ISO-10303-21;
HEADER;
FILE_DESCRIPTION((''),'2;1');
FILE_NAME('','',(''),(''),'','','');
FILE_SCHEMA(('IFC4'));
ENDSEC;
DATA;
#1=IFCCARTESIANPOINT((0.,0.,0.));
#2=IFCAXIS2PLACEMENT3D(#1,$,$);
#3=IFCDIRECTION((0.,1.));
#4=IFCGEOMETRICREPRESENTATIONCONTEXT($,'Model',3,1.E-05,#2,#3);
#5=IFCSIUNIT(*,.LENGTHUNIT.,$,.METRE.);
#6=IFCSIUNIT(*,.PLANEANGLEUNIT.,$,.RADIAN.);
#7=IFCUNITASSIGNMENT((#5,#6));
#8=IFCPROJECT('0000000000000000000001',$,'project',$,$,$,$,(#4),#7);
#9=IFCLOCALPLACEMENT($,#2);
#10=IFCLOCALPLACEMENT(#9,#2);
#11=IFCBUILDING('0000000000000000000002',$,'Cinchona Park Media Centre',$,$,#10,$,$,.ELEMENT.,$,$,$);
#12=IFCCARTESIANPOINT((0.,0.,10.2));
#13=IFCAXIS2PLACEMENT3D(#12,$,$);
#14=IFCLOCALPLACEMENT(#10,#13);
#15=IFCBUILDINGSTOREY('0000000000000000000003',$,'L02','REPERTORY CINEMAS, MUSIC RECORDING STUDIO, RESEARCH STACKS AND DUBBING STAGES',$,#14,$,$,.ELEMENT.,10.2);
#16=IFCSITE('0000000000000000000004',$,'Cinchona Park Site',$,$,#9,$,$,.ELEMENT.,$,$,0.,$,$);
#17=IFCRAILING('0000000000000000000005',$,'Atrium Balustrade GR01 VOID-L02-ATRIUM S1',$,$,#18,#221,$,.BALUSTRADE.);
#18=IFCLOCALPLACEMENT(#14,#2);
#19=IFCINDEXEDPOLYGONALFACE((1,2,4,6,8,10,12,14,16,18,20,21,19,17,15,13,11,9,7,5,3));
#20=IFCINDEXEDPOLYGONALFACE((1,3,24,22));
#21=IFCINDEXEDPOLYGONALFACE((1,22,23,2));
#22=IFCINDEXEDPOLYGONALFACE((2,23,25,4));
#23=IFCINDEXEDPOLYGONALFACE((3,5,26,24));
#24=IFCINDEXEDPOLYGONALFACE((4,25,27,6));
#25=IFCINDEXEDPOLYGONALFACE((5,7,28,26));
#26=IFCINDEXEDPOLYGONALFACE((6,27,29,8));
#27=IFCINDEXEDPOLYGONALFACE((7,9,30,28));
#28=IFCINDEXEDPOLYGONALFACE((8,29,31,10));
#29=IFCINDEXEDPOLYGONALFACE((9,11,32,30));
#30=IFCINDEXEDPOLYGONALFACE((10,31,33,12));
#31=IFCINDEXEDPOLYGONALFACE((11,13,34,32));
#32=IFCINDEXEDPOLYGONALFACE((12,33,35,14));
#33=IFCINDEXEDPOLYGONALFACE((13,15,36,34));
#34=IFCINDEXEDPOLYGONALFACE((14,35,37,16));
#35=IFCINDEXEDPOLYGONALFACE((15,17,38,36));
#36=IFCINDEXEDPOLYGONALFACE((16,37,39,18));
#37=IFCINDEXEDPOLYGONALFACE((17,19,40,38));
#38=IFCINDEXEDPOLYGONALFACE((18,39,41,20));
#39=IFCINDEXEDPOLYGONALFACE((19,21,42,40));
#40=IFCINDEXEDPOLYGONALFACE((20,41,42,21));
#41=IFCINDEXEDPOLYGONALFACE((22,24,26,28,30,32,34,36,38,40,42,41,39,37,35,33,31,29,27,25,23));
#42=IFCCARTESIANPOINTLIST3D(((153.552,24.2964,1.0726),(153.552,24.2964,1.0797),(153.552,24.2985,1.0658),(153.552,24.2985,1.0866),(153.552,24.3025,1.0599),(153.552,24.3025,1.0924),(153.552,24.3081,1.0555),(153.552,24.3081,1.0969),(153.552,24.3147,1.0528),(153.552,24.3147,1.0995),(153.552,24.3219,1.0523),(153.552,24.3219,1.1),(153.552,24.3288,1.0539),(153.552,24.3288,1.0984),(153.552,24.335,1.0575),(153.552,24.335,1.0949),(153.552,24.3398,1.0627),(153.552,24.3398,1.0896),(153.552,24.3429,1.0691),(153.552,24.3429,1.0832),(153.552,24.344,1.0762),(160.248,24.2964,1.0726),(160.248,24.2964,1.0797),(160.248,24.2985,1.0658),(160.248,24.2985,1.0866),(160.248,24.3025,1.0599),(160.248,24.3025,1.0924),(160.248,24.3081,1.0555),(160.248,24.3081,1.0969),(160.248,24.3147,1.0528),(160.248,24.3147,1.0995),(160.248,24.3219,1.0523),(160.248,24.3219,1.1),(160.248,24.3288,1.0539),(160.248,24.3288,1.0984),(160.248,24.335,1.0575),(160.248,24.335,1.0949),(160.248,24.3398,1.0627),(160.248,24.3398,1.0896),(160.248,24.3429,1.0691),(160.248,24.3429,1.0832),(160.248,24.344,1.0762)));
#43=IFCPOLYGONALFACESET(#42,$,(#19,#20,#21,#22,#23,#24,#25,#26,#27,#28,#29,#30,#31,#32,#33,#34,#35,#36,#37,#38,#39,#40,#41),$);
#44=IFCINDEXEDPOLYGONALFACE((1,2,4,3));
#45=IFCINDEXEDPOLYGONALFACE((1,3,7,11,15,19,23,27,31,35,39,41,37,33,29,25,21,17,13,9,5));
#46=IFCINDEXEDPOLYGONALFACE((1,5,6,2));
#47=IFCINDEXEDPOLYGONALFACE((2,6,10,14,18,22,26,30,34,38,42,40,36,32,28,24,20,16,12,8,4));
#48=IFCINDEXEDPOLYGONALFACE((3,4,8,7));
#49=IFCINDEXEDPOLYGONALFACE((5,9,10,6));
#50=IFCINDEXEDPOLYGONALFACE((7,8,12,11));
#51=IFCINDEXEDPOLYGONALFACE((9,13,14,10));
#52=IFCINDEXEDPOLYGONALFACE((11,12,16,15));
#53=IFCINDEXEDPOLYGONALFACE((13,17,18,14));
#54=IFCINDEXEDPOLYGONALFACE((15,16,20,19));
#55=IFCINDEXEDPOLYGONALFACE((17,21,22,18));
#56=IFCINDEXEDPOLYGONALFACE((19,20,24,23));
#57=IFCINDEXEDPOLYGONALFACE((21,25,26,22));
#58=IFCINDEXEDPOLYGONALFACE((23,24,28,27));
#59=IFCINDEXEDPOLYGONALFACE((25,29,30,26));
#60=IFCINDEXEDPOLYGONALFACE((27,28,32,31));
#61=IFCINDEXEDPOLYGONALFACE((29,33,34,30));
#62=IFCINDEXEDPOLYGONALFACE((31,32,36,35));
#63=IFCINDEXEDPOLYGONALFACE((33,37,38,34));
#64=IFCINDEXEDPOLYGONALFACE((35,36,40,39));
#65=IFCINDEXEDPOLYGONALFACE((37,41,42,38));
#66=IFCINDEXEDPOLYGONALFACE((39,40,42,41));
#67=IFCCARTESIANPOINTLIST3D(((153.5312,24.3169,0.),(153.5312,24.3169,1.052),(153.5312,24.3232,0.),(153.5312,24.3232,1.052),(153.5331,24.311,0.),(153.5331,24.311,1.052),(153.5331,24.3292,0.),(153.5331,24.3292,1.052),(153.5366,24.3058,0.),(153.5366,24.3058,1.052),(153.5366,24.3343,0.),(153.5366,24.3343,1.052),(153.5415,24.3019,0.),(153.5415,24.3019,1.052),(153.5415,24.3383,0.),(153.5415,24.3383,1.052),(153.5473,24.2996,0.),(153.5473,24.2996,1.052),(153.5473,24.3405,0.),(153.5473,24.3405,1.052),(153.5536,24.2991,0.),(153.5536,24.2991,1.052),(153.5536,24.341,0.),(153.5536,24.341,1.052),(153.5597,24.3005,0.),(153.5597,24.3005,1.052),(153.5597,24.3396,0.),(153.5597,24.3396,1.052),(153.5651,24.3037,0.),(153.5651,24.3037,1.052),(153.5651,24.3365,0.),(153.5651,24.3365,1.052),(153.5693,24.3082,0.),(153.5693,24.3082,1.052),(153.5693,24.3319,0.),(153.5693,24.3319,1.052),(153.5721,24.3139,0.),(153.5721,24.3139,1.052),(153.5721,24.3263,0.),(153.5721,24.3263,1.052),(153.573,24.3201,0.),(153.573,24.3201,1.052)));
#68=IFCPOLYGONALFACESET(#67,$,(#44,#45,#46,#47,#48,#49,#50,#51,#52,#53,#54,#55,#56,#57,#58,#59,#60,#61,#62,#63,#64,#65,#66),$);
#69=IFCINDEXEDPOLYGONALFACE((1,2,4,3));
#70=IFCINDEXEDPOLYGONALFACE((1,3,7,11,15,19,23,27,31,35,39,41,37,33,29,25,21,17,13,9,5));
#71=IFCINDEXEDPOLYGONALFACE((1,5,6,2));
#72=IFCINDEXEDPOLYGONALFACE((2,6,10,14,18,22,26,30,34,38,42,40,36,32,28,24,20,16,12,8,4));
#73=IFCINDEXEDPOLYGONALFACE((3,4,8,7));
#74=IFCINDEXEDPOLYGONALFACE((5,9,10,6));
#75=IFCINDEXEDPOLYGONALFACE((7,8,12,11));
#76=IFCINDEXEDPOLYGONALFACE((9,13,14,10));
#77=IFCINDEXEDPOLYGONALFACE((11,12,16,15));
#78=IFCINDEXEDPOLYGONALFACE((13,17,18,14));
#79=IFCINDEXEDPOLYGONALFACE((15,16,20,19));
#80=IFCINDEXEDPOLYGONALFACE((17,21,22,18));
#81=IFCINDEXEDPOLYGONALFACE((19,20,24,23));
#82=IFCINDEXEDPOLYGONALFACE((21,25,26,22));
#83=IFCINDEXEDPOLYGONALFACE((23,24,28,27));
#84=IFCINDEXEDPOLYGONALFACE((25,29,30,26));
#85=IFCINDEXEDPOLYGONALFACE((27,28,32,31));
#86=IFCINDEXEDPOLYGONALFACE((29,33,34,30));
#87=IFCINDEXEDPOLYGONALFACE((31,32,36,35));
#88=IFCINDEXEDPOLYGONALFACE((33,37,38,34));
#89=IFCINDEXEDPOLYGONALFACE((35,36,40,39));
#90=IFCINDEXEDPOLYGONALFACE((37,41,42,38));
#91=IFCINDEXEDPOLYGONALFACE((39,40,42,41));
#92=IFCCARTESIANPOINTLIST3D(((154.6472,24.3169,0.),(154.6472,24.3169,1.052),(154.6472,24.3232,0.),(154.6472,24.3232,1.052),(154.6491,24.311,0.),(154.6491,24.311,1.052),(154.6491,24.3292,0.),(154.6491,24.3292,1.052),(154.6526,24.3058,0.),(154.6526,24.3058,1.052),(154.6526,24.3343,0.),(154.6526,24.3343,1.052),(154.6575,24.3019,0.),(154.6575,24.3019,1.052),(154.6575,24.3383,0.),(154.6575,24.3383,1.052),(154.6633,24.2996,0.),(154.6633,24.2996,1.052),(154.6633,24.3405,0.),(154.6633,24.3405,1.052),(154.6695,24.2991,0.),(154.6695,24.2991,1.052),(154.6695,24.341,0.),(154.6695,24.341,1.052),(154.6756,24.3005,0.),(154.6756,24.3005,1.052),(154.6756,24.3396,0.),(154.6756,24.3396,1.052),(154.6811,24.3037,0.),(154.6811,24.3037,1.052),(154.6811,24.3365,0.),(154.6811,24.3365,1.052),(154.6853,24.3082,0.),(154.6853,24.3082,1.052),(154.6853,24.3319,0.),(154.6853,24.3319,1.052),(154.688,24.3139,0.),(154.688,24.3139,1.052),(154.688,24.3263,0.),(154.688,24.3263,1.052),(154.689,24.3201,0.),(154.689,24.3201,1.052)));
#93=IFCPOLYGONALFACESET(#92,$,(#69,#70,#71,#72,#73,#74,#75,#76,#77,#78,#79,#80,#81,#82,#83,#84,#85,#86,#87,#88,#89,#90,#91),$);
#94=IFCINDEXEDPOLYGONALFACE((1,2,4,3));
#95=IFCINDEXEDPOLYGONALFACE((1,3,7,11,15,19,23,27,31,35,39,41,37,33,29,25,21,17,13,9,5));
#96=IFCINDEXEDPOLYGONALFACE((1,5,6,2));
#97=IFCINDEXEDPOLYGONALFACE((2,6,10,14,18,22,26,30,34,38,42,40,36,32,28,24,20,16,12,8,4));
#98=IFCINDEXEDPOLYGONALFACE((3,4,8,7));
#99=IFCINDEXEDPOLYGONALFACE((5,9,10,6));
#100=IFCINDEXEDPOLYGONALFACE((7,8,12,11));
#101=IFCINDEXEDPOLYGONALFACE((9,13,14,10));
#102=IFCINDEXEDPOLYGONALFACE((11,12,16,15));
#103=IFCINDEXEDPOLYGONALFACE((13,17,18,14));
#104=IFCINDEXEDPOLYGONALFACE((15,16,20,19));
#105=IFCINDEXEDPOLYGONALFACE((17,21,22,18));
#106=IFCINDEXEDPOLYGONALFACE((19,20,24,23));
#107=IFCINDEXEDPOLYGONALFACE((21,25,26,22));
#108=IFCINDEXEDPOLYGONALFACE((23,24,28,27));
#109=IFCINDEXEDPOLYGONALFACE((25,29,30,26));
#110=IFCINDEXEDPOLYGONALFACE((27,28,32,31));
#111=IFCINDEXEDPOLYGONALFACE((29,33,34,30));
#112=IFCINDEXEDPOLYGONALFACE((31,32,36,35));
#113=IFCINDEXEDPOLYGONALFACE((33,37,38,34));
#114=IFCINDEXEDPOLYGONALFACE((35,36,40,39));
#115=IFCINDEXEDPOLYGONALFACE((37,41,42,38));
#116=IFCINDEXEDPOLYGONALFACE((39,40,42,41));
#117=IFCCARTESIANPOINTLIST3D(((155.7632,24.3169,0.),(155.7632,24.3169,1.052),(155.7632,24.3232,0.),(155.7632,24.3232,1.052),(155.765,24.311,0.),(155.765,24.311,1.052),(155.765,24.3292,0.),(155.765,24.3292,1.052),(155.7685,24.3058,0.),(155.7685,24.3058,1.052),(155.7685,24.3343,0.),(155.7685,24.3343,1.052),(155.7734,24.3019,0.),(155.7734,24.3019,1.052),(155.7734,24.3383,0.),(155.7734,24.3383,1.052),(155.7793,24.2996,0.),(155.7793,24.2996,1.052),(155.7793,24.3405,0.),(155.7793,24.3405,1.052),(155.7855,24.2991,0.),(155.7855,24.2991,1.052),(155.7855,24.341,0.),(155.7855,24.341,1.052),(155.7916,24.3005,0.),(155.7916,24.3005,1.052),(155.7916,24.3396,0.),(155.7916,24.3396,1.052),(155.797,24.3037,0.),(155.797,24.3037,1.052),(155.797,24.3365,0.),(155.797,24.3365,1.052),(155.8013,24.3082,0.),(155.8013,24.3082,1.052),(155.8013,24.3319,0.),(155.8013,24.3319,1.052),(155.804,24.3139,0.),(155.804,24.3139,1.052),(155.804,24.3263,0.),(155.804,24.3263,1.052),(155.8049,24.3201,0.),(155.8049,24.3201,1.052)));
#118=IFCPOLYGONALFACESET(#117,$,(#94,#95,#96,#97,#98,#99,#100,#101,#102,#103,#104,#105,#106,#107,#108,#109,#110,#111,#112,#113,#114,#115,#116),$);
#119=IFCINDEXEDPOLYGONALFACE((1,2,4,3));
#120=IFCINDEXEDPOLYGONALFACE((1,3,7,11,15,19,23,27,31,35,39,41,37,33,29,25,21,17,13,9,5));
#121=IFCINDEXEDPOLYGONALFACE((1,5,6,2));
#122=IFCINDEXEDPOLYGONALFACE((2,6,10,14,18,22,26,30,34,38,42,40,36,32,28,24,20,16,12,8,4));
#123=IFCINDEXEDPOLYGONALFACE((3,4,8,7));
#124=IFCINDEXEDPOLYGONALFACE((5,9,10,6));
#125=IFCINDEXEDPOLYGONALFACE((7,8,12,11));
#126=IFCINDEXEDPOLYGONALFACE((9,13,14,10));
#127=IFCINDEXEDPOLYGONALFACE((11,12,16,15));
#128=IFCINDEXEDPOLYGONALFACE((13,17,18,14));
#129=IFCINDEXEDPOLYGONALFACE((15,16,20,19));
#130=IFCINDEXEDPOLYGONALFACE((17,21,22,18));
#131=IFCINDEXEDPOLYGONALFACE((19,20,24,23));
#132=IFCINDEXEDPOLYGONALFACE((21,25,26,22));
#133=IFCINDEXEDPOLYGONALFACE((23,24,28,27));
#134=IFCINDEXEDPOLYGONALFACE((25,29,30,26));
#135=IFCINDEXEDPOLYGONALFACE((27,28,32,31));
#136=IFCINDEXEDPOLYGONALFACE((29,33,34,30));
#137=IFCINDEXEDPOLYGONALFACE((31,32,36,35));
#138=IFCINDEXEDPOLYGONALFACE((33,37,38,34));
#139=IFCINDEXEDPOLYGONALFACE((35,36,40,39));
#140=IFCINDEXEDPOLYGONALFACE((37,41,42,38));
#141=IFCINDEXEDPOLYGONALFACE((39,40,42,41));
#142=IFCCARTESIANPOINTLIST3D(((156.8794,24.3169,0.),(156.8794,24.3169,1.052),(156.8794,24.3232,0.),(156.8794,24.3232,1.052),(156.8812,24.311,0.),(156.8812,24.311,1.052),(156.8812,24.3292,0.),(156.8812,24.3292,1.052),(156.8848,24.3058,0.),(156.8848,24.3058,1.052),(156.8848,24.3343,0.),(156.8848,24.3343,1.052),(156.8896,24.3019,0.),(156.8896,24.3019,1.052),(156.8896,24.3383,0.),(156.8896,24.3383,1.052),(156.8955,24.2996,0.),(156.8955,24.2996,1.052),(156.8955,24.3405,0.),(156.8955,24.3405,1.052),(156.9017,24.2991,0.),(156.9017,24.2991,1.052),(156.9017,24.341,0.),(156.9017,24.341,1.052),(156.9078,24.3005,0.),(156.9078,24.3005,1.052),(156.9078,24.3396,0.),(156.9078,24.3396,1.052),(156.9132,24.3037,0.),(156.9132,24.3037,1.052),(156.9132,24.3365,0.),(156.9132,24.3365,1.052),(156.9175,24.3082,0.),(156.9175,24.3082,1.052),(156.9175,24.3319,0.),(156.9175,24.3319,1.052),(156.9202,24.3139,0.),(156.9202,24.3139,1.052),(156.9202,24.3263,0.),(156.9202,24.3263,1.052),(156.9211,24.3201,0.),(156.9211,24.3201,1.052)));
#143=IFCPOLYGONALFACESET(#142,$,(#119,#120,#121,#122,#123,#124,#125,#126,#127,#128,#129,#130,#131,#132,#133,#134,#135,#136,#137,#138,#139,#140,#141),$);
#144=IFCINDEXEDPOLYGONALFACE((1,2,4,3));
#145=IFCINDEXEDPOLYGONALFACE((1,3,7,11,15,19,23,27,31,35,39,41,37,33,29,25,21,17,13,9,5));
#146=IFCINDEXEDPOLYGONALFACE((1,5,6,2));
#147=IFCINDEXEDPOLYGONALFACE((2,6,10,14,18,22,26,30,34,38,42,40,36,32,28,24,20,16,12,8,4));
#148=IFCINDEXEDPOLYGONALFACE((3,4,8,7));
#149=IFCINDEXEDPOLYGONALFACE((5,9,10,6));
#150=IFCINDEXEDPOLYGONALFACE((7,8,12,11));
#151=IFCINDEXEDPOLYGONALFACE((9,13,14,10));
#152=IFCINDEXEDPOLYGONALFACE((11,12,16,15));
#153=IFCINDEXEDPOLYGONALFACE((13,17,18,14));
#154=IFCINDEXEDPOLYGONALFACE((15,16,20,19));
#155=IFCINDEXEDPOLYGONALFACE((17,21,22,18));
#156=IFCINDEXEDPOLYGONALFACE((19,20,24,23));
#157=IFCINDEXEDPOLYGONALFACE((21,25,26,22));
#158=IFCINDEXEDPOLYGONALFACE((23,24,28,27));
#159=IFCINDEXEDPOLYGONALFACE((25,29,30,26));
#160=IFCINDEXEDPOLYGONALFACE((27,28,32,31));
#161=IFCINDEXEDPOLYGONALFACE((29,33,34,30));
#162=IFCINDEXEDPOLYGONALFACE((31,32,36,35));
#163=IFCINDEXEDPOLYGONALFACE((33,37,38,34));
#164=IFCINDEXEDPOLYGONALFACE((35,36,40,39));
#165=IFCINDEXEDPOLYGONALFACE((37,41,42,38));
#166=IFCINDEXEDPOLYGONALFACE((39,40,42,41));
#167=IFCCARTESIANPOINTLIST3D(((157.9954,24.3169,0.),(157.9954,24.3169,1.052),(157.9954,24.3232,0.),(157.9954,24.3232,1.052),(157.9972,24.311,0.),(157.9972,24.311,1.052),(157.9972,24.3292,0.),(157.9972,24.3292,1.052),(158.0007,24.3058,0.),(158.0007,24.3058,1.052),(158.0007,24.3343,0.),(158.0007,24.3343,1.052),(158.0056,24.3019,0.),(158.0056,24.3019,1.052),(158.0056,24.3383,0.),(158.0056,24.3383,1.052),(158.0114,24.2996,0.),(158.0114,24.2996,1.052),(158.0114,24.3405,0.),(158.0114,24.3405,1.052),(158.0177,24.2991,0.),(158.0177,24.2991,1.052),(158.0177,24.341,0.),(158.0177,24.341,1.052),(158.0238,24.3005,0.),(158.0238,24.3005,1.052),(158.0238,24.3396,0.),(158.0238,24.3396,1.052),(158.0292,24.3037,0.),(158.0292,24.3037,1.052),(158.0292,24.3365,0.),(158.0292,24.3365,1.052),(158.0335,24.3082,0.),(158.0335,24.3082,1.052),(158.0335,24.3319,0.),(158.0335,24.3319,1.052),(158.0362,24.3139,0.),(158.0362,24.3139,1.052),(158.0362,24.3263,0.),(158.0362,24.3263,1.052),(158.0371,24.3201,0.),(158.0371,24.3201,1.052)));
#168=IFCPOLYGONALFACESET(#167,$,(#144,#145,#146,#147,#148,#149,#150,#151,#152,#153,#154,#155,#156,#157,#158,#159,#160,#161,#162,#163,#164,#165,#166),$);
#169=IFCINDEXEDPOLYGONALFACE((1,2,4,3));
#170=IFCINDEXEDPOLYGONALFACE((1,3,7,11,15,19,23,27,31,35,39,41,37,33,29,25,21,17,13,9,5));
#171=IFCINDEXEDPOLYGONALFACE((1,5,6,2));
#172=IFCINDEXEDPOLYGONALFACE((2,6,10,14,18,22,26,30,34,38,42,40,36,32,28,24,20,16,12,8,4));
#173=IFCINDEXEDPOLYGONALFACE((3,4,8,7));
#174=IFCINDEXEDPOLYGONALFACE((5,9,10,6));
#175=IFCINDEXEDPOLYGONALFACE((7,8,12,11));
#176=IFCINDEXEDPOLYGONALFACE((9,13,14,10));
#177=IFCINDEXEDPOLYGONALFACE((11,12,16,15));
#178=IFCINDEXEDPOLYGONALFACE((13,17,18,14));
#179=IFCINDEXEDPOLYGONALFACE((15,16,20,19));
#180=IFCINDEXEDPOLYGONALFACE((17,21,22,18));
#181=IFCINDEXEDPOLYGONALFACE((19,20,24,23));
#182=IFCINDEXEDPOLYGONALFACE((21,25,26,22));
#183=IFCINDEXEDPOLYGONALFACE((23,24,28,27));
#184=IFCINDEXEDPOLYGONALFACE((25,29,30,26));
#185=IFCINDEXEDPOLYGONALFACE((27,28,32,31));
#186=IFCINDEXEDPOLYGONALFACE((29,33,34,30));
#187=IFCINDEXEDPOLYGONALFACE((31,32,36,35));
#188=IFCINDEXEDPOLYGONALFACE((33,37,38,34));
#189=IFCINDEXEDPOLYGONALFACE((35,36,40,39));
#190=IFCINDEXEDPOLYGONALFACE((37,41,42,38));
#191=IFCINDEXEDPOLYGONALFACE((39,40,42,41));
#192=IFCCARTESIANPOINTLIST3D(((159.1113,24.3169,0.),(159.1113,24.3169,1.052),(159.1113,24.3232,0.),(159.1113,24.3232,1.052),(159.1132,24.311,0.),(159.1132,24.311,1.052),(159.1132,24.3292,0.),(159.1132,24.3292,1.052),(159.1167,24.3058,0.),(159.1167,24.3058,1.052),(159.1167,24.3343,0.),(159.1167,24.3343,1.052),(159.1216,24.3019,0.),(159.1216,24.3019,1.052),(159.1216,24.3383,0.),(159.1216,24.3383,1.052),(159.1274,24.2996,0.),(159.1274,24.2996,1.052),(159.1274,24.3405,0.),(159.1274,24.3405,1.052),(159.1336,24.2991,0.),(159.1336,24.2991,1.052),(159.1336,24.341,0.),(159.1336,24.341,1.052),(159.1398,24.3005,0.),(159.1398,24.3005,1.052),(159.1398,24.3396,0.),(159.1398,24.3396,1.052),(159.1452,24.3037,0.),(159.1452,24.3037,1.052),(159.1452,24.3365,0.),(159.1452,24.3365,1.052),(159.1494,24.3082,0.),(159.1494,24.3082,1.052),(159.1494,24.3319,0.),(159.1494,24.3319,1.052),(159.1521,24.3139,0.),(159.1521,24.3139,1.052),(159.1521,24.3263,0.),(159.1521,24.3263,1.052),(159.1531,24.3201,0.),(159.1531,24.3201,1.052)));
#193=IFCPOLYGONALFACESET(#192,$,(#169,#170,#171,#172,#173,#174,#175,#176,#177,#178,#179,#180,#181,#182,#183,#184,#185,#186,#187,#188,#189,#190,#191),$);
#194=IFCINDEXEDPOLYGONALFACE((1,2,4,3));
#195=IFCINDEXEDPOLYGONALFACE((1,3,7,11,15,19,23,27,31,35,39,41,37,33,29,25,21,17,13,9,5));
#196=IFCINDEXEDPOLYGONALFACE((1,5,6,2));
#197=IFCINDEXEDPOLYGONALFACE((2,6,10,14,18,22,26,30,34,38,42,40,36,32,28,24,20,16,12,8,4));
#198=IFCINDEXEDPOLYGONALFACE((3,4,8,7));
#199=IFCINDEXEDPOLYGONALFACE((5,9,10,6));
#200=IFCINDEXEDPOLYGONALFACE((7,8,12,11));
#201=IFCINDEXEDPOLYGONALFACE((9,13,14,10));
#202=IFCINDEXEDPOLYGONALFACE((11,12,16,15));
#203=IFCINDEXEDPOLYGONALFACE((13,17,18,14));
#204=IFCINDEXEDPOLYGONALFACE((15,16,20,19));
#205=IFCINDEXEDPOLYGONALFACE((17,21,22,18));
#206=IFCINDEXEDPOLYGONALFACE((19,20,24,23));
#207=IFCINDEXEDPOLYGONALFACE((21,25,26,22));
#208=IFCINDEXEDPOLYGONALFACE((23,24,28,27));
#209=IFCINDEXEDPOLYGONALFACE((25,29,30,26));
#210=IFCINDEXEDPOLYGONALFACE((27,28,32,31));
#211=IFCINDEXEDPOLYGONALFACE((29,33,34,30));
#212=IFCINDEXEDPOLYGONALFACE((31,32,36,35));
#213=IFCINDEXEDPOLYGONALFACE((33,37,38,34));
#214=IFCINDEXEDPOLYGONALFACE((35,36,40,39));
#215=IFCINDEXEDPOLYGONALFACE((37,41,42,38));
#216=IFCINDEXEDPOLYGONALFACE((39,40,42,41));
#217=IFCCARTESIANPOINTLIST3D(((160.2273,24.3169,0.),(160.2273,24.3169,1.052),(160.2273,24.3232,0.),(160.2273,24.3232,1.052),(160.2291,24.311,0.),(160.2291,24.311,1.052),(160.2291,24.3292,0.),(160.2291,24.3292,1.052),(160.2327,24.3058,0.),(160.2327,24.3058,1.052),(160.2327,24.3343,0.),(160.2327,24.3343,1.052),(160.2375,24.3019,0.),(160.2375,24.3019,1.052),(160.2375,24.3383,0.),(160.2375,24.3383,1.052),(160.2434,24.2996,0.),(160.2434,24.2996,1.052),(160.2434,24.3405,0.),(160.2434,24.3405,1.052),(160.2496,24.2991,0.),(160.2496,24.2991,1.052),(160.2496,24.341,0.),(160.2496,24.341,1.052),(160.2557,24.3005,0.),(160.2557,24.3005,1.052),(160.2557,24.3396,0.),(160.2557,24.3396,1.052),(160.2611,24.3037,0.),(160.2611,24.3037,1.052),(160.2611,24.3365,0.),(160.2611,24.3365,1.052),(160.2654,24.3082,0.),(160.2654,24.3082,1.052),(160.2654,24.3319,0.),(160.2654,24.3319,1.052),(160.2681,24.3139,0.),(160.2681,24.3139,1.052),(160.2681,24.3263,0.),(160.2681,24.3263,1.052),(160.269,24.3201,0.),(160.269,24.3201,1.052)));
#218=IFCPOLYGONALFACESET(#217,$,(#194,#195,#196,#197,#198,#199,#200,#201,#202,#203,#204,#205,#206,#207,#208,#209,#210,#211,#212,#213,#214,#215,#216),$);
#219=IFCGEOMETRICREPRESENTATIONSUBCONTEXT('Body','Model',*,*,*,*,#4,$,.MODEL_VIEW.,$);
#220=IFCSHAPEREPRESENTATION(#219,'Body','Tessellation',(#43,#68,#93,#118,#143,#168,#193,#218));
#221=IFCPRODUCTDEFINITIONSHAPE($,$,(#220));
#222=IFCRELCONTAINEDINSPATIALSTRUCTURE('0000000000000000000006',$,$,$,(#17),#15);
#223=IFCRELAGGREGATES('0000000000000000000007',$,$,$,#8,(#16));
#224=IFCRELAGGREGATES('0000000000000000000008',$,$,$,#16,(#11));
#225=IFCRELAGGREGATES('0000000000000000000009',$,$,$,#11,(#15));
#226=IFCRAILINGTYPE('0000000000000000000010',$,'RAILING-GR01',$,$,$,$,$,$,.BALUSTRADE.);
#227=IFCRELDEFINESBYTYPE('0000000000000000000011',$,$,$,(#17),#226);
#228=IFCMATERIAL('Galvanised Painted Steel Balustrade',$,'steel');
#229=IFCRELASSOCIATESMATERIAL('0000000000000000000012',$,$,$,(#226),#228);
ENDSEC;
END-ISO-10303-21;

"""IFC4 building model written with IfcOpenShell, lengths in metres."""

from ifc_helpers import new_model, si_unit, direction, frame, origin, origin_2d, place, context, subcontext, project, spatial, circle, extrude, material, type_object, element, save


model = new_model("IFC4")

# Units and contexts
model_context = context("Model", 3, precision=1e-05, world=origin(), true_north=direction((0.0, 1.0)))
body_context = subcontext(model_context, "Body", "Model", "MODEL_VIEW")
ifc_project = project(units=[si_unit("LENGTHUNIT", "METRE"), si_unit("PLANEANGLEUNIT", "RADIAN")], contexts=[model_context])

# Site, building, storey
site_placement = place(None, origin())
site = spatial("IfcSite", under=ifc_project, at=site_placement, Name="Cinchona Park Site", CompositionType="ELEMENT", RefElevation=0.0)
building_placement = place(site_placement, origin())
building = spatial("IfcBuilding", under=site, at=building_placement, Name="Cinchona Park Media Centre", CompositionType="ELEMENT")
storey_placement = place(building_placement, frame((0.0, 0.0, 10.2)))
storey = spatial("IfcBuildingStorey", under=building, at=storey_placement, Name="L02", Description="REPERTORY CINEMAS, MUSIC RECORDING STUDIO, RESEARCH STACKS AND DUBBING STAGES", CompositionType="ELEMENT", Elevation=10.2)

# Railing
ifc_material_1 = material(Name="Galvanised Painted Steel Balustrade", Category="steel")
railing_type = type_object("IfcRailingType", Name="RAILING-GR01", PredefinedType="BALUSTRADE", material=ifc_material_1)
railing_1_placement = place(storey_placement, frame((153.552, 24.3201, 0.0)))
element("IfcRailing", 1, at=railing_1_placement, inside=storey, type_object=railing_type, Name="Atrium Balustrade GR01 VOID-L02-ATRIUM S1", PredefinedType="BALUSTRADE", context=body_context, shape_type="SweptSolid", body=[
    extrude(circle(Radius=0.0239, at=origin_2d()), frame((0.0, 0.0, 1.0762), z_axis=(1.0, 0.0, 0.0), x_axis=(0.0, 1.0, 0.0)), (0.0, 0.0, 1.0), 6.696),
    extrude(circle(Radius=0.021, at=origin_2d()), origin(), (0.0, 0.0, 1.0), 1.052),
    extrude(circle(Radius=0.021, at=origin_2d()), frame((1.116, 0.0, 0.0)), (0.0, 0.0, 1.0), 1.052),
    extrude(circle(Radius=0.021, at=origin_2d()), frame((2.2319, 0.0, 0.0)), (0.0, 0.0, 1.0), 1.052),
    extrude(circle(Radius=0.021, at=origin_2d()), frame((3.3481, 0.0, 0.0)), (0.0, 0.0, 1.0), 1.052),
    extrude(circle(Radius=0.021, at=origin_2d()), frame((4.4641, 0.0, 0.0)), (0.0, 0.0, 1.0), 1.052),
    extrude(circle(Radius=0.021, at=origin_2d()), frame((5.5801, 0.0, 0.0)), (0.0, 0.0, 1.0), 1.052),
    extrude(circle(Radius=0.021, at=origin_2d()), frame((6.696, 0.0, 0.0)), (0.0, 0.0, 1.0), 1.052),
])

save(model, "model.ifc")
